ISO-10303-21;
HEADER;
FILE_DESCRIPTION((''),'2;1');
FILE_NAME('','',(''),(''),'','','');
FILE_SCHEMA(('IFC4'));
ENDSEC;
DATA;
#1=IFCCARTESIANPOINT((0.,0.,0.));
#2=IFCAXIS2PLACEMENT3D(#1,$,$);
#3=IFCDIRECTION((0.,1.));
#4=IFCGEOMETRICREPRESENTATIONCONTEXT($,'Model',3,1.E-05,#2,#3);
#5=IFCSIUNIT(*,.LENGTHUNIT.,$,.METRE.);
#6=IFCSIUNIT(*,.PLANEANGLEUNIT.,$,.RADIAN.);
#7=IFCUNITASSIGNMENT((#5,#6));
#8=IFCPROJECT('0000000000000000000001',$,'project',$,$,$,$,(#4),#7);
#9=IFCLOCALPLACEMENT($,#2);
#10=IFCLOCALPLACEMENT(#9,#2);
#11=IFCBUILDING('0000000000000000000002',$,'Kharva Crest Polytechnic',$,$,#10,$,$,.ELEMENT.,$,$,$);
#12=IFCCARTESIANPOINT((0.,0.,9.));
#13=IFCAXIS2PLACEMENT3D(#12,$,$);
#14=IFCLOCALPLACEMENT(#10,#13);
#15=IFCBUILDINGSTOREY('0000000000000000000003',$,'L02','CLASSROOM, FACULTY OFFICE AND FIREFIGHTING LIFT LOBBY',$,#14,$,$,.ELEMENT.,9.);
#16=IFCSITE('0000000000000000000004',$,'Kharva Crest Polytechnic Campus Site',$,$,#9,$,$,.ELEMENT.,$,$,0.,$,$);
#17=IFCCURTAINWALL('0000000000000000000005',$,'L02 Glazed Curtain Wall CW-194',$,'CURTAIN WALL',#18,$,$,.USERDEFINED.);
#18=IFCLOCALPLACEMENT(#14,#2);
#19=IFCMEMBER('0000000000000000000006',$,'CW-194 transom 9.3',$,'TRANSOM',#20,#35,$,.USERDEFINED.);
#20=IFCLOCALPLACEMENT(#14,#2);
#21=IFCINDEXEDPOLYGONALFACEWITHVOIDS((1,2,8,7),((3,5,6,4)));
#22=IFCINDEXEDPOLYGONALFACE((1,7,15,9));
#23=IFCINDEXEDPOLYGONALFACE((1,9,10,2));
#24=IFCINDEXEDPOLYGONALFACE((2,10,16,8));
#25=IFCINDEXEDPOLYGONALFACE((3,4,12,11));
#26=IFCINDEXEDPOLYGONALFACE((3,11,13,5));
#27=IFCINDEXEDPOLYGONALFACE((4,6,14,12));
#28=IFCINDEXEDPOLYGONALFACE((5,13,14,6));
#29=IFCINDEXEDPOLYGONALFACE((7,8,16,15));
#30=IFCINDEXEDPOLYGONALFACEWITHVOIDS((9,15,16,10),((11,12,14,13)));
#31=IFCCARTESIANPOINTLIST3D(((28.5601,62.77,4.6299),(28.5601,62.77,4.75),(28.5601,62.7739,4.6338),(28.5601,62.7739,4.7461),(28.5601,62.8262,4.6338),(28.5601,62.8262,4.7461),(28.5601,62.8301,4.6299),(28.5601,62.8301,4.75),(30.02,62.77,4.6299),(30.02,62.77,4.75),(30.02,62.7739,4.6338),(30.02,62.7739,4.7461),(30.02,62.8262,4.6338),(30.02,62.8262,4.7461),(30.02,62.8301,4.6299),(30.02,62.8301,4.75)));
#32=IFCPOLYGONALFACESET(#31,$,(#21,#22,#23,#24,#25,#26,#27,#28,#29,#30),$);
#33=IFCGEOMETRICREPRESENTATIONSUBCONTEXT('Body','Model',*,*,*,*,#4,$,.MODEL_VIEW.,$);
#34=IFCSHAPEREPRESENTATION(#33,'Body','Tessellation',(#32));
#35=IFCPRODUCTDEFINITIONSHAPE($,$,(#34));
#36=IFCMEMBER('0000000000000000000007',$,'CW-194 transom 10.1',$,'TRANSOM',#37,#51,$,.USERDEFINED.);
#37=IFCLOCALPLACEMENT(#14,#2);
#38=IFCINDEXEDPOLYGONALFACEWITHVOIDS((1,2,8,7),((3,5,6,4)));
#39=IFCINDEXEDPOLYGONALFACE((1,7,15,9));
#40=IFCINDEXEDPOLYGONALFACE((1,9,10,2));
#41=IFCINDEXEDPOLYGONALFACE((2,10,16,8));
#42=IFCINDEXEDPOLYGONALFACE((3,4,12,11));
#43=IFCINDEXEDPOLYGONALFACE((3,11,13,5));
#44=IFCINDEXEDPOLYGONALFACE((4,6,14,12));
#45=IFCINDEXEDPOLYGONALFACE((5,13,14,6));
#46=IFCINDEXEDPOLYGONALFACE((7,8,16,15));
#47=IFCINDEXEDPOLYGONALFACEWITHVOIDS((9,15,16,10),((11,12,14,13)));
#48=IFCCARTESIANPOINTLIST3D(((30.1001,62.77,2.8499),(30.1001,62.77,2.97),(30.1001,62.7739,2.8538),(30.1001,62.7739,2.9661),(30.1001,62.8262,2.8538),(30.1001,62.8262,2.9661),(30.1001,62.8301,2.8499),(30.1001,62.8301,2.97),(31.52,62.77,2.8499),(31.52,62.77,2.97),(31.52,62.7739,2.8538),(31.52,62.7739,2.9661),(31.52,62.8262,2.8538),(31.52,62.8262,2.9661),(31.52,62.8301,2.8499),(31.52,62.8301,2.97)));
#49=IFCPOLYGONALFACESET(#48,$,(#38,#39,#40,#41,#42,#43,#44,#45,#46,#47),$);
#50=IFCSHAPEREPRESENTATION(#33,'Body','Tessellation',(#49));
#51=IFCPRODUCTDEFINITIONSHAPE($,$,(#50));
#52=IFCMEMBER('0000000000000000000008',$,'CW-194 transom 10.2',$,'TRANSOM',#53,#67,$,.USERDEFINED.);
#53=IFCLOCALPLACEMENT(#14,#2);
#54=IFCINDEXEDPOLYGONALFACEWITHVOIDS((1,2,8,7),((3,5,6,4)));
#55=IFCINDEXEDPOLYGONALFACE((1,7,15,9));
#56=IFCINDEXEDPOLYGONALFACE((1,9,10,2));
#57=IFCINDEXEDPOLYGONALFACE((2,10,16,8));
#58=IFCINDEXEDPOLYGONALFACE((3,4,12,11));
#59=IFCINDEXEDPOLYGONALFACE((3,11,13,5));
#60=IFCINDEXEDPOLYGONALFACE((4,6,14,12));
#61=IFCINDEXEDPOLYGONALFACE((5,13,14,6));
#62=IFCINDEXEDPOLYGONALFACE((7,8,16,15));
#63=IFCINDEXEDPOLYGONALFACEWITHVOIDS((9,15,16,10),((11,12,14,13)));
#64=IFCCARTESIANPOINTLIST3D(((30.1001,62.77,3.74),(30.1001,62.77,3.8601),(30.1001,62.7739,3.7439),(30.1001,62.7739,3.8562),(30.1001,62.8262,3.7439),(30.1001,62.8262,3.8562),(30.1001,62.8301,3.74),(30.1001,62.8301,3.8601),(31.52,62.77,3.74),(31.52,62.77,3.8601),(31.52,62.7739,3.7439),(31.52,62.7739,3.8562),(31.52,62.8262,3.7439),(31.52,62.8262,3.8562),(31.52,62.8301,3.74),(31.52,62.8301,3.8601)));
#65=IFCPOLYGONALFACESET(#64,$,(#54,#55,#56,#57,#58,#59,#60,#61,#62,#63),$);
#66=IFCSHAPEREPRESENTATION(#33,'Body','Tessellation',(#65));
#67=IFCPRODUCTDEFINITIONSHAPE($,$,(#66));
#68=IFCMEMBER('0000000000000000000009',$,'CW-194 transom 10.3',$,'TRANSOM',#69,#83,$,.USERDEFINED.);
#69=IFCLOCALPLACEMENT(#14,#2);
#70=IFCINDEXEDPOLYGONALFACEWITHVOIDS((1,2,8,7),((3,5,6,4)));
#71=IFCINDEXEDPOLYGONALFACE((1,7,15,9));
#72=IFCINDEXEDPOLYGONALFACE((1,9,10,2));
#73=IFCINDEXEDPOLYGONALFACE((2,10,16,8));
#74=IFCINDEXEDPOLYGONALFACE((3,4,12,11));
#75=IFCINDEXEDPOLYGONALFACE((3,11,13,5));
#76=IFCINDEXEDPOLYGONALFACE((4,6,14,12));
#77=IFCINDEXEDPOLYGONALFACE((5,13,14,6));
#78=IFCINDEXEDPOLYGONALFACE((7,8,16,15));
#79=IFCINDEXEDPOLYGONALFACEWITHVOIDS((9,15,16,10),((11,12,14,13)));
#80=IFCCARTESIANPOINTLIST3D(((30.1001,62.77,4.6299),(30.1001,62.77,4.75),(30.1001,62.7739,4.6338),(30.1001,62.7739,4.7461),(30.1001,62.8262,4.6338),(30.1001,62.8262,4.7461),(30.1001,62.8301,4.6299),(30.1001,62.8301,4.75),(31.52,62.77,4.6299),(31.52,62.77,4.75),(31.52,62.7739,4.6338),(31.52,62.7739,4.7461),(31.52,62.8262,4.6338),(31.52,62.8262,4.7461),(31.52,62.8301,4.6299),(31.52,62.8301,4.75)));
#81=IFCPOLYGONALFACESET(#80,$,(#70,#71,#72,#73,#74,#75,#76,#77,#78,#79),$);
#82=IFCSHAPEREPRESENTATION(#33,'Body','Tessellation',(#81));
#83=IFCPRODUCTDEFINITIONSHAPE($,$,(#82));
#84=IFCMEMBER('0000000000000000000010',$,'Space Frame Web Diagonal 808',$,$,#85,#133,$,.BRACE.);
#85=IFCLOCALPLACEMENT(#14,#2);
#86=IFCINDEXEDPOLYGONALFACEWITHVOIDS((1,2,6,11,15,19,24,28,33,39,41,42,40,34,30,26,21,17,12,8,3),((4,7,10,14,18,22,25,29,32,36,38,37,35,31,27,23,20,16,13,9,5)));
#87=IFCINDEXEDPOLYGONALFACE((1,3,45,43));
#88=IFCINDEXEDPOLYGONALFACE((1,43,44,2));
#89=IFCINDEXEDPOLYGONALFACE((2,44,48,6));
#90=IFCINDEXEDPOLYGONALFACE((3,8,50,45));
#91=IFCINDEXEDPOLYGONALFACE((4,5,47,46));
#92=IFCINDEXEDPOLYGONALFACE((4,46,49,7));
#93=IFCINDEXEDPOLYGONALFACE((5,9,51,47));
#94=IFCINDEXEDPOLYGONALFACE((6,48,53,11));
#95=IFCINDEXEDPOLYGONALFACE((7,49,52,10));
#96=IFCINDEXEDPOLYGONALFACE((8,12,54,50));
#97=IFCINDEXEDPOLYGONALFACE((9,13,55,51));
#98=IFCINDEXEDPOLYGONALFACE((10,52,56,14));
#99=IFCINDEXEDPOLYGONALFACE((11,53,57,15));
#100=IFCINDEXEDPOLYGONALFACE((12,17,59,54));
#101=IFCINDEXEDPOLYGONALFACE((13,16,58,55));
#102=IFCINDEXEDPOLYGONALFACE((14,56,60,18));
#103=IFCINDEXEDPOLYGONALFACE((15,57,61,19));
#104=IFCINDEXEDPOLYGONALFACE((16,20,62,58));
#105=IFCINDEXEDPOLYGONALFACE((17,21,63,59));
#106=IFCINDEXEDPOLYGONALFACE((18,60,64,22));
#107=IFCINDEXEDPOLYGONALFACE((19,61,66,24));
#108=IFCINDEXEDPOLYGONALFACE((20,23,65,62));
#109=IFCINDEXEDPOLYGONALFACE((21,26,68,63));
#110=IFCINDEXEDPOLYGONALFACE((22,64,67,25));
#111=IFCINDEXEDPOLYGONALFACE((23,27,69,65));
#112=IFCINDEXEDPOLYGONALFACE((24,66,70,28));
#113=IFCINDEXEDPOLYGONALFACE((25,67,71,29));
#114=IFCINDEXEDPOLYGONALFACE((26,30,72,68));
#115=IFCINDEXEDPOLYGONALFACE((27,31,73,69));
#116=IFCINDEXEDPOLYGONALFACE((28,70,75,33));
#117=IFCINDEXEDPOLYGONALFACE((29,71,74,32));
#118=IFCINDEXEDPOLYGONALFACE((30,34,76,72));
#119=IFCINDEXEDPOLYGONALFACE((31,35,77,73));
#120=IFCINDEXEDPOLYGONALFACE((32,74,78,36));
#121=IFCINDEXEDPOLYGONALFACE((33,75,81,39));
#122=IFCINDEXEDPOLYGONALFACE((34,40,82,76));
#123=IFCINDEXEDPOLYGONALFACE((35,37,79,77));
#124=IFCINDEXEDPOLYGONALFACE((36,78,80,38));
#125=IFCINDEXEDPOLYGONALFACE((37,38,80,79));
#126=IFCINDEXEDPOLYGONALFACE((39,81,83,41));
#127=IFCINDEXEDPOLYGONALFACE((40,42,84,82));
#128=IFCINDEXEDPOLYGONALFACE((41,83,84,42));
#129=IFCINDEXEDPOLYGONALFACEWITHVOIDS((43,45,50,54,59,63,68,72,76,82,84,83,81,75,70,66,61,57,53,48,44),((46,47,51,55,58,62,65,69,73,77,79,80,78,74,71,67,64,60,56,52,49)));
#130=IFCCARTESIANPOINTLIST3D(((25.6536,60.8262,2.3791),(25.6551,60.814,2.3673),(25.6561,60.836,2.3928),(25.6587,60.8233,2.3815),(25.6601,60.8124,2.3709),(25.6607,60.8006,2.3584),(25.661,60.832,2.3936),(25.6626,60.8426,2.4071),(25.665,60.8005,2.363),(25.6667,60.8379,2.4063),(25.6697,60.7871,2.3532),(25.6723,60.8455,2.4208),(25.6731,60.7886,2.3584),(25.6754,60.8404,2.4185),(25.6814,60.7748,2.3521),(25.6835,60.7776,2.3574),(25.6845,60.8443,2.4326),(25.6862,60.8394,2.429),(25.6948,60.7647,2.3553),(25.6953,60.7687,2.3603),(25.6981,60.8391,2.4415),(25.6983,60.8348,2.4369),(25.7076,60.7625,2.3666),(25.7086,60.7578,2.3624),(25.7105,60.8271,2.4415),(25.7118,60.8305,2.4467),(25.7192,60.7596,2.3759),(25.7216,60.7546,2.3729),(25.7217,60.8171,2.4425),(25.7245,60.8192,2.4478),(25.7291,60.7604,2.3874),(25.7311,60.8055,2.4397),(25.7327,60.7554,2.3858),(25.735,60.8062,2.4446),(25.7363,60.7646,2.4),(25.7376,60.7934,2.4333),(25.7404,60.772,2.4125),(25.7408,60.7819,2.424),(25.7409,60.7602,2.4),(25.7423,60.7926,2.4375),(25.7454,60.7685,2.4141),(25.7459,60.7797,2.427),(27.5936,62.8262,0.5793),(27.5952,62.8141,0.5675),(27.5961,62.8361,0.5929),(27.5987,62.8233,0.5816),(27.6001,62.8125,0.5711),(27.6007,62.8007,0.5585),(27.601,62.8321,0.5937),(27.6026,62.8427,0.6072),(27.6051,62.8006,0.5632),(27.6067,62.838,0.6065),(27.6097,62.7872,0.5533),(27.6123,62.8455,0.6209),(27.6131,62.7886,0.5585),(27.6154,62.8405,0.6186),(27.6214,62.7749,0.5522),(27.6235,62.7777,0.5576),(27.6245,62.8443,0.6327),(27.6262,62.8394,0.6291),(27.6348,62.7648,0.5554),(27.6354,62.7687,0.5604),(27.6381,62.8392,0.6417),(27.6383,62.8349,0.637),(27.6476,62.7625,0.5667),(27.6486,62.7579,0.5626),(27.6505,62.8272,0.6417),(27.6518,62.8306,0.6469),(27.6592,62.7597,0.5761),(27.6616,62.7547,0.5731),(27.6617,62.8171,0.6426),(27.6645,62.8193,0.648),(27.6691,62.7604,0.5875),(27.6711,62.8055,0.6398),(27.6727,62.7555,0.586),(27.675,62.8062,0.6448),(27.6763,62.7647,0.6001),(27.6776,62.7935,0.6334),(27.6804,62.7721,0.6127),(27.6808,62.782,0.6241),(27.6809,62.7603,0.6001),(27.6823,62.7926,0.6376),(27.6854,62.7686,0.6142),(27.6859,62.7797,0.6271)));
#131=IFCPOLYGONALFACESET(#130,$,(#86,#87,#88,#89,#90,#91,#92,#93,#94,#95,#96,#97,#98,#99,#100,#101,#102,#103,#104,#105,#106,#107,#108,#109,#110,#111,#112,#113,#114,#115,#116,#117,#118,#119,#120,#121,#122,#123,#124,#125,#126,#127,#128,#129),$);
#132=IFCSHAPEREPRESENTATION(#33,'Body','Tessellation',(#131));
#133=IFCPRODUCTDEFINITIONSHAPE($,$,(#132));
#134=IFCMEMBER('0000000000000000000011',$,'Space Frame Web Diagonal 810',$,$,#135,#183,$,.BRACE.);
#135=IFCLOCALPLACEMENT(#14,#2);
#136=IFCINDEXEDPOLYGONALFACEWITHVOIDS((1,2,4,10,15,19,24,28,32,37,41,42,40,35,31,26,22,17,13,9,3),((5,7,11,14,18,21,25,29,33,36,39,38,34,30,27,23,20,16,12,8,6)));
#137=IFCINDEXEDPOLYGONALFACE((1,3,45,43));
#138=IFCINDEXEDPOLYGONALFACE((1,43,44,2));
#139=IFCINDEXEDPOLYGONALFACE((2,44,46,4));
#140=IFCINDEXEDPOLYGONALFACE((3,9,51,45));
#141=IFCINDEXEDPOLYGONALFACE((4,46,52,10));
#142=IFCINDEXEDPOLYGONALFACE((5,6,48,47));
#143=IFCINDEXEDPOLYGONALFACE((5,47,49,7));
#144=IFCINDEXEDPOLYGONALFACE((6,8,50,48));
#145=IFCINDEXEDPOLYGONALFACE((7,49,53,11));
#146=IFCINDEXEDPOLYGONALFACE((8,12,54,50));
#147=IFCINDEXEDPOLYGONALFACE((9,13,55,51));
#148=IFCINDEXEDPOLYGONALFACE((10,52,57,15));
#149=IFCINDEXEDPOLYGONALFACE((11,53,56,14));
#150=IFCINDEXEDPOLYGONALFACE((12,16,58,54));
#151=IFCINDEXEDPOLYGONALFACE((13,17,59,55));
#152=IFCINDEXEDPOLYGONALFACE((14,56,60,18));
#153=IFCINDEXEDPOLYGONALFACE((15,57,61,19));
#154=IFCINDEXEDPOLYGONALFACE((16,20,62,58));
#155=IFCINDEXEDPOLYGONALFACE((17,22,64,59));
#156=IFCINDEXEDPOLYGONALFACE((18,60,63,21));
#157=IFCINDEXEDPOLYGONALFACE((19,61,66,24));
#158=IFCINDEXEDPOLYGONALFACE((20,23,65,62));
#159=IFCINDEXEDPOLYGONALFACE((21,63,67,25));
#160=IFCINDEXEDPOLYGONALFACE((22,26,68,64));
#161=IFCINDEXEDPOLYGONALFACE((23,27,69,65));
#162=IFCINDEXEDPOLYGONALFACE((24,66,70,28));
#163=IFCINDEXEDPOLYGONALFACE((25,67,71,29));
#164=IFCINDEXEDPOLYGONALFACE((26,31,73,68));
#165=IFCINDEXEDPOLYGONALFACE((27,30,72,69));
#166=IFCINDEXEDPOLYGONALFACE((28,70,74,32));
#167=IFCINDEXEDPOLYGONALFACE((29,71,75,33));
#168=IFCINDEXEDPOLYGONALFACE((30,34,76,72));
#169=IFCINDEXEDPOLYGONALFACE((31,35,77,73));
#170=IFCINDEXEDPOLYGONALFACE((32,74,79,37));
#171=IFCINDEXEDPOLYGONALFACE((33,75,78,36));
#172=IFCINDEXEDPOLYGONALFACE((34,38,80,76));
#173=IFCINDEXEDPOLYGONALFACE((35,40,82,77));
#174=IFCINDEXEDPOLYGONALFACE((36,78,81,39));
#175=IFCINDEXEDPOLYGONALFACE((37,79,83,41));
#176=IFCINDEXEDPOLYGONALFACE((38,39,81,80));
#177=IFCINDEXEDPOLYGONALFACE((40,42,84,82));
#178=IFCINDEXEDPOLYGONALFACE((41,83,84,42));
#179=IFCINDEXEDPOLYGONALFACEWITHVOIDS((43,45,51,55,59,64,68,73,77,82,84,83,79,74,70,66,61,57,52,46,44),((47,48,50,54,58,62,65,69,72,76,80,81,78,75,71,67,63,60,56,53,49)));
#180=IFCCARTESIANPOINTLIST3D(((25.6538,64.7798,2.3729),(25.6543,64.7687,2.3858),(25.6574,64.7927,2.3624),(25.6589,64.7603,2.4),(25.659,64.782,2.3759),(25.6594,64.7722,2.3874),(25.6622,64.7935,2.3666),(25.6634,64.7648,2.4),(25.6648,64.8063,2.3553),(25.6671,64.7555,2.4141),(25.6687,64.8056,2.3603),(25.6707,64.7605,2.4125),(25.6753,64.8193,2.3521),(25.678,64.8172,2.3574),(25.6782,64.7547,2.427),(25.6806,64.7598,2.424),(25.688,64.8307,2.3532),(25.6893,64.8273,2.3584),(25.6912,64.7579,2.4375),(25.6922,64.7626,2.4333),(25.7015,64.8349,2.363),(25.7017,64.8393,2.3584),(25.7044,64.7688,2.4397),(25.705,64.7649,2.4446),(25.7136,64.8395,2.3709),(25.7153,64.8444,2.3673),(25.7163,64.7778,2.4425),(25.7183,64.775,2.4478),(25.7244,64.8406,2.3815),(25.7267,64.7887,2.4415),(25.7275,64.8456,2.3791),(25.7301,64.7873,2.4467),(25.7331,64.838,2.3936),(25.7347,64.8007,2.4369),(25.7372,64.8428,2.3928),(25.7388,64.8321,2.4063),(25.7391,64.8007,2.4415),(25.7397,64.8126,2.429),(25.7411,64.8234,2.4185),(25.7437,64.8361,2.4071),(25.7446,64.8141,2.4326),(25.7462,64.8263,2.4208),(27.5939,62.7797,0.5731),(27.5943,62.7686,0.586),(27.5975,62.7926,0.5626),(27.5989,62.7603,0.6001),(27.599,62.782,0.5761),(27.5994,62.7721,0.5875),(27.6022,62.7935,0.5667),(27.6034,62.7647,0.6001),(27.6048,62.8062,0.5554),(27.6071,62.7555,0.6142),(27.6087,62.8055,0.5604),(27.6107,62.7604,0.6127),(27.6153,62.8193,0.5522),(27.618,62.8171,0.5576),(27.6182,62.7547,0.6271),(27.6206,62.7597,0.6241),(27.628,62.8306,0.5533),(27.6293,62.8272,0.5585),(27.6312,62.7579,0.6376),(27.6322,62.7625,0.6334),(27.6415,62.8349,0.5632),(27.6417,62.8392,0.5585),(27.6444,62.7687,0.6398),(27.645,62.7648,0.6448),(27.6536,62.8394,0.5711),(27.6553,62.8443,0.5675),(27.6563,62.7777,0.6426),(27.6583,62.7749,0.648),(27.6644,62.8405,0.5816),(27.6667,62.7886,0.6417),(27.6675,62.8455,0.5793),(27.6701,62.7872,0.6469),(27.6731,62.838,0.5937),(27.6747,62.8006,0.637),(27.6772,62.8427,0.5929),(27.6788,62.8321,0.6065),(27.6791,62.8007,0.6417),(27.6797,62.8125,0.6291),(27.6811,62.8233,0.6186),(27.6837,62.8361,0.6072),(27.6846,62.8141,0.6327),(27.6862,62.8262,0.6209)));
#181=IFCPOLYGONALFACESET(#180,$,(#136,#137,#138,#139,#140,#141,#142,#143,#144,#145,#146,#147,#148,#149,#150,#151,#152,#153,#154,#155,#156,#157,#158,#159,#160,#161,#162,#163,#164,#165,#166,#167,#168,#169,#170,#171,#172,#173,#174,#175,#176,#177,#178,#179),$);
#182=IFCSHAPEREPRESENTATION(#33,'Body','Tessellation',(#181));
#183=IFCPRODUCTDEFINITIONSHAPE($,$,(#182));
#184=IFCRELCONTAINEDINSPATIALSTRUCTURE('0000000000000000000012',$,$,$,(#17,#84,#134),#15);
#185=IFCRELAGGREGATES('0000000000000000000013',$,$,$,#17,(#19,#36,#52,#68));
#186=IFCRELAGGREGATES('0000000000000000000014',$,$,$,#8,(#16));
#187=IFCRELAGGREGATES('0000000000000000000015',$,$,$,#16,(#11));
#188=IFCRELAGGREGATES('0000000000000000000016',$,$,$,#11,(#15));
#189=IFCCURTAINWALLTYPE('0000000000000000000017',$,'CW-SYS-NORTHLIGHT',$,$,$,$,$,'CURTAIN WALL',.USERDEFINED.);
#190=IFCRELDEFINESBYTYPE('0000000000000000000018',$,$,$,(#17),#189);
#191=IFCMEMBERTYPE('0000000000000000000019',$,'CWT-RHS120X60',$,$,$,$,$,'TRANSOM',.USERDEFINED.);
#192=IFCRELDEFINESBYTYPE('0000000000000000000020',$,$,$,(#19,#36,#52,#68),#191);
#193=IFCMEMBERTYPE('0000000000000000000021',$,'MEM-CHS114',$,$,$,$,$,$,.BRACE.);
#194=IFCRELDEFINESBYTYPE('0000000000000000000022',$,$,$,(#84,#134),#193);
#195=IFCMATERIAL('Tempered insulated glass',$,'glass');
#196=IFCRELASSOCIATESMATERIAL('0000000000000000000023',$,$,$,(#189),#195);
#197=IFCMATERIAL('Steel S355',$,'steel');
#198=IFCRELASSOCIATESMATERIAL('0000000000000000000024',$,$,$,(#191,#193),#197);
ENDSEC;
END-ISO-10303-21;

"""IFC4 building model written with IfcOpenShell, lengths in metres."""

from ifc_helpers import new_model, si_unit, direction, frame, origin, origin_2d, place, context, subcontext, project, spatial, hollow_rectangle, hollow_circle, extrude, material, material_profile, profile_set, type_object, element, aggregate, save


model = new_model("IFC4")

# Units and contexts
model_context = context("Model", 3, precision=1e-05, world=origin(), true_north=direction((0.0, 1.0)))
body_context = subcontext(model_context, "Body", "Model", "MODEL_VIEW")
ifc_project = project(units=[si_unit("LENGTHUNIT", "METRE"), si_unit("PLANEANGLEUNIT", "RADIAN")], contexts=[model_context])

# Site, building, storey
site_placement = place(None, origin())
site = spatial("IfcSite", under=ifc_project, at=site_placement, Name="Kharva Crest Polytechnic Campus Site", CompositionType="ELEMENT", RefElevation=0.0)
building_placement = place(site_placement, origin())
building = spatial("IfcBuilding", under=site, at=building_placement, Name="Kharva Crest Polytechnic", CompositionType="ELEMENT")
storey_placement = place(building_placement, frame((0.0, 0.0, 9.0)))
storey = spatial("IfcBuildingStorey", under=building, at=storey_placement, Name="L02", Description="CLASSROOM, FACULTY OFFICE AND FIREFIGHTING LIFT LOBBY", CompositionType="ELEMENT", Elevation=9.0)

# Shared definitions
ifc_material_1 = material(Name="Tempered insulated glass", Category="glass")
ifc_material_2 = material(Name="Steel S355", Category="steel")

# Curtain wall, members
curtain_wall_type_1 = type_object("IfcCurtainWallType", Name="CW-SYS-NORTHLIGHT", ElementType="CURTAIN WALL", PredefinedType="USERDEFINED", material=ifc_material_1)
curtain_wall_1_placement = place(storey_placement, origin())
curtain_wall_1 = element("IfcCurtainWall", 1, at=curtain_wall_1_placement, inside=storey, type_object=curtain_wall_type_1, Name="L02 Glazed Curtain Wall CW-194", ObjectType="CURTAIN WALL", PredefinedType="USERDEFINED")
ifc_material_profile_1 = material_profile(ifc_material_2, hollow_rectangle(XDim=0.0601, YDim=0.1201, WallThickness=0.0039, at=origin_2d()), Name="RHS 120X60X4.0")
ifc_profile_set_1 = profile_set([ifc_material_profile_1], Name="Steel S355")
member_type_1 = type_object("IfcMemberType", Name="CWT-RHS120X60", ElementType="TRANSOM", PredefinedType="USERDEFINED", material=ifc_profile_set_1)
member_1_placement = place(storey_placement, frame((28.5601, 62.8, 4.6899), z_axis=(1.0, 0.0, 0.0), x_axis=(0.0, 1.0, 0.0)))
member_1 = element("IfcMember", 2, at=member_1_placement, type_object=member_type_1, Name="CW-194 transom 9.3", ObjectType="TRANSOM", PredefinedType="USERDEFINED", context=body_context, shape_type="SweptSolid", body=[
    extrude(hollow_rectangle(XDim=0.0601, YDim=0.1201, WallThickness=0.0039, at=origin_2d()), origin(), (0.0, 0.0, 1.0), 1.46),
])
member_2_placement = place(storey_placement, frame((30.1001, 62.8, 2.9099), z_axis=(1.0, 0.0, 0.0), x_axis=(0.0, 1.0, 0.0)))
member_2 = element("IfcMember", 3, at=member_2_placement, type_object=member_type_1, Name="CW-194 transom 10.1", ObjectType="TRANSOM", PredefinedType="USERDEFINED", context=body_context, shape_type="SweptSolid", body=[
    extrude(hollow_rectangle(XDim=0.0601, YDim=0.1201, WallThickness=0.0039, at=origin_2d()), origin(), (0.0, 0.0, 1.0), 1.4199),
])
member_3_placement = place(storey_placement, frame((30.1001, 62.8, 3.8), z_axis=(1.0, 0.0, 0.0), x_axis=(0.0, 1.0, 0.0)))
member_3 = element("IfcMember", 4, at=member_3_placement, type_object=member_type_1, Name="CW-194 transom 10.2", ObjectType="TRANSOM", PredefinedType="USERDEFINED", context=body_context, shape_type="SweptSolid", body=[
    extrude(hollow_rectangle(XDim=0.0601, YDim=0.1201, WallThickness=0.0039, at=origin_2d()), origin(), (0.0, 0.0, 1.0), 1.4199),
])
member_4_placement = place(storey_placement, frame((30.1001, 62.8, 4.6899), z_axis=(1.0, 0.0, 0.0), x_axis=(0.0, 1.0, 0.0)))
member_4 = element("IfcMember", 5, at=member_4_placement, type_object=member_type_1, Name="CW-194 transom 10.3", ObjectType="TRANSOM", PredefinedType="USERDEFINED", context=body_context, shape_type="SweptSolid", body=[
    extrude(hollow_rectangle(XDim=0.0601, YDim=0.1201, WallThickness=0.0039, at=origin_2d()), origin(), (0.0, 0.0, 1.0), 1.4199),
])

# Members
ifc_material_profile_2 = material_profile(ifc_material_2, hollow_circle(Radius=0.0571, WallThickness=0.0063, at=origin_2d()), Name="CHS 114.3X6.3")
ifc_profile_set_2 = profile_set([ifc_material_profile_2], Name="Steel S355")
member_type_2 = type_object("IfcMemberType", Name="MEM-CHS114", PredefinedType="BRACE", material=ifc_profile_set_2)
for number, where, z_axis, x_axis, name in (
    (6, (27.6399, 62.8, 0.6001), (-0.584843, -0.60295, 0.542596), (0.717802, -0.696247, 0.0), "Space Frame Web Diagonal 808"),
    (7, (27.6399, 62.8, 0.6001), (-0.584843, 0.60295, 0.542596), (-0.717802, -0.696247, 0.0), "Space Frame Web Diagonal 810"),
):
    element("IfcMember", number, at=place(storey_placement, frame(where, z_axis=z_axis, x_axis=x_axis)), inside=storey, type_object=member_type_2, Name=name, PredefinedType="BRACE", context=body_context, shape_type="SweptSolid", body=[
        extrude(hollow_circle(Radius=0.0571, WallThickness=0.0063, at=origin_2d()), origin(), (0.0, 0.0, 1.0), 3.3171),
    ])

aggregate(curtain_wall_1, [member_1, member_2, member_3, member_4])

save(model, "model.ifc")
